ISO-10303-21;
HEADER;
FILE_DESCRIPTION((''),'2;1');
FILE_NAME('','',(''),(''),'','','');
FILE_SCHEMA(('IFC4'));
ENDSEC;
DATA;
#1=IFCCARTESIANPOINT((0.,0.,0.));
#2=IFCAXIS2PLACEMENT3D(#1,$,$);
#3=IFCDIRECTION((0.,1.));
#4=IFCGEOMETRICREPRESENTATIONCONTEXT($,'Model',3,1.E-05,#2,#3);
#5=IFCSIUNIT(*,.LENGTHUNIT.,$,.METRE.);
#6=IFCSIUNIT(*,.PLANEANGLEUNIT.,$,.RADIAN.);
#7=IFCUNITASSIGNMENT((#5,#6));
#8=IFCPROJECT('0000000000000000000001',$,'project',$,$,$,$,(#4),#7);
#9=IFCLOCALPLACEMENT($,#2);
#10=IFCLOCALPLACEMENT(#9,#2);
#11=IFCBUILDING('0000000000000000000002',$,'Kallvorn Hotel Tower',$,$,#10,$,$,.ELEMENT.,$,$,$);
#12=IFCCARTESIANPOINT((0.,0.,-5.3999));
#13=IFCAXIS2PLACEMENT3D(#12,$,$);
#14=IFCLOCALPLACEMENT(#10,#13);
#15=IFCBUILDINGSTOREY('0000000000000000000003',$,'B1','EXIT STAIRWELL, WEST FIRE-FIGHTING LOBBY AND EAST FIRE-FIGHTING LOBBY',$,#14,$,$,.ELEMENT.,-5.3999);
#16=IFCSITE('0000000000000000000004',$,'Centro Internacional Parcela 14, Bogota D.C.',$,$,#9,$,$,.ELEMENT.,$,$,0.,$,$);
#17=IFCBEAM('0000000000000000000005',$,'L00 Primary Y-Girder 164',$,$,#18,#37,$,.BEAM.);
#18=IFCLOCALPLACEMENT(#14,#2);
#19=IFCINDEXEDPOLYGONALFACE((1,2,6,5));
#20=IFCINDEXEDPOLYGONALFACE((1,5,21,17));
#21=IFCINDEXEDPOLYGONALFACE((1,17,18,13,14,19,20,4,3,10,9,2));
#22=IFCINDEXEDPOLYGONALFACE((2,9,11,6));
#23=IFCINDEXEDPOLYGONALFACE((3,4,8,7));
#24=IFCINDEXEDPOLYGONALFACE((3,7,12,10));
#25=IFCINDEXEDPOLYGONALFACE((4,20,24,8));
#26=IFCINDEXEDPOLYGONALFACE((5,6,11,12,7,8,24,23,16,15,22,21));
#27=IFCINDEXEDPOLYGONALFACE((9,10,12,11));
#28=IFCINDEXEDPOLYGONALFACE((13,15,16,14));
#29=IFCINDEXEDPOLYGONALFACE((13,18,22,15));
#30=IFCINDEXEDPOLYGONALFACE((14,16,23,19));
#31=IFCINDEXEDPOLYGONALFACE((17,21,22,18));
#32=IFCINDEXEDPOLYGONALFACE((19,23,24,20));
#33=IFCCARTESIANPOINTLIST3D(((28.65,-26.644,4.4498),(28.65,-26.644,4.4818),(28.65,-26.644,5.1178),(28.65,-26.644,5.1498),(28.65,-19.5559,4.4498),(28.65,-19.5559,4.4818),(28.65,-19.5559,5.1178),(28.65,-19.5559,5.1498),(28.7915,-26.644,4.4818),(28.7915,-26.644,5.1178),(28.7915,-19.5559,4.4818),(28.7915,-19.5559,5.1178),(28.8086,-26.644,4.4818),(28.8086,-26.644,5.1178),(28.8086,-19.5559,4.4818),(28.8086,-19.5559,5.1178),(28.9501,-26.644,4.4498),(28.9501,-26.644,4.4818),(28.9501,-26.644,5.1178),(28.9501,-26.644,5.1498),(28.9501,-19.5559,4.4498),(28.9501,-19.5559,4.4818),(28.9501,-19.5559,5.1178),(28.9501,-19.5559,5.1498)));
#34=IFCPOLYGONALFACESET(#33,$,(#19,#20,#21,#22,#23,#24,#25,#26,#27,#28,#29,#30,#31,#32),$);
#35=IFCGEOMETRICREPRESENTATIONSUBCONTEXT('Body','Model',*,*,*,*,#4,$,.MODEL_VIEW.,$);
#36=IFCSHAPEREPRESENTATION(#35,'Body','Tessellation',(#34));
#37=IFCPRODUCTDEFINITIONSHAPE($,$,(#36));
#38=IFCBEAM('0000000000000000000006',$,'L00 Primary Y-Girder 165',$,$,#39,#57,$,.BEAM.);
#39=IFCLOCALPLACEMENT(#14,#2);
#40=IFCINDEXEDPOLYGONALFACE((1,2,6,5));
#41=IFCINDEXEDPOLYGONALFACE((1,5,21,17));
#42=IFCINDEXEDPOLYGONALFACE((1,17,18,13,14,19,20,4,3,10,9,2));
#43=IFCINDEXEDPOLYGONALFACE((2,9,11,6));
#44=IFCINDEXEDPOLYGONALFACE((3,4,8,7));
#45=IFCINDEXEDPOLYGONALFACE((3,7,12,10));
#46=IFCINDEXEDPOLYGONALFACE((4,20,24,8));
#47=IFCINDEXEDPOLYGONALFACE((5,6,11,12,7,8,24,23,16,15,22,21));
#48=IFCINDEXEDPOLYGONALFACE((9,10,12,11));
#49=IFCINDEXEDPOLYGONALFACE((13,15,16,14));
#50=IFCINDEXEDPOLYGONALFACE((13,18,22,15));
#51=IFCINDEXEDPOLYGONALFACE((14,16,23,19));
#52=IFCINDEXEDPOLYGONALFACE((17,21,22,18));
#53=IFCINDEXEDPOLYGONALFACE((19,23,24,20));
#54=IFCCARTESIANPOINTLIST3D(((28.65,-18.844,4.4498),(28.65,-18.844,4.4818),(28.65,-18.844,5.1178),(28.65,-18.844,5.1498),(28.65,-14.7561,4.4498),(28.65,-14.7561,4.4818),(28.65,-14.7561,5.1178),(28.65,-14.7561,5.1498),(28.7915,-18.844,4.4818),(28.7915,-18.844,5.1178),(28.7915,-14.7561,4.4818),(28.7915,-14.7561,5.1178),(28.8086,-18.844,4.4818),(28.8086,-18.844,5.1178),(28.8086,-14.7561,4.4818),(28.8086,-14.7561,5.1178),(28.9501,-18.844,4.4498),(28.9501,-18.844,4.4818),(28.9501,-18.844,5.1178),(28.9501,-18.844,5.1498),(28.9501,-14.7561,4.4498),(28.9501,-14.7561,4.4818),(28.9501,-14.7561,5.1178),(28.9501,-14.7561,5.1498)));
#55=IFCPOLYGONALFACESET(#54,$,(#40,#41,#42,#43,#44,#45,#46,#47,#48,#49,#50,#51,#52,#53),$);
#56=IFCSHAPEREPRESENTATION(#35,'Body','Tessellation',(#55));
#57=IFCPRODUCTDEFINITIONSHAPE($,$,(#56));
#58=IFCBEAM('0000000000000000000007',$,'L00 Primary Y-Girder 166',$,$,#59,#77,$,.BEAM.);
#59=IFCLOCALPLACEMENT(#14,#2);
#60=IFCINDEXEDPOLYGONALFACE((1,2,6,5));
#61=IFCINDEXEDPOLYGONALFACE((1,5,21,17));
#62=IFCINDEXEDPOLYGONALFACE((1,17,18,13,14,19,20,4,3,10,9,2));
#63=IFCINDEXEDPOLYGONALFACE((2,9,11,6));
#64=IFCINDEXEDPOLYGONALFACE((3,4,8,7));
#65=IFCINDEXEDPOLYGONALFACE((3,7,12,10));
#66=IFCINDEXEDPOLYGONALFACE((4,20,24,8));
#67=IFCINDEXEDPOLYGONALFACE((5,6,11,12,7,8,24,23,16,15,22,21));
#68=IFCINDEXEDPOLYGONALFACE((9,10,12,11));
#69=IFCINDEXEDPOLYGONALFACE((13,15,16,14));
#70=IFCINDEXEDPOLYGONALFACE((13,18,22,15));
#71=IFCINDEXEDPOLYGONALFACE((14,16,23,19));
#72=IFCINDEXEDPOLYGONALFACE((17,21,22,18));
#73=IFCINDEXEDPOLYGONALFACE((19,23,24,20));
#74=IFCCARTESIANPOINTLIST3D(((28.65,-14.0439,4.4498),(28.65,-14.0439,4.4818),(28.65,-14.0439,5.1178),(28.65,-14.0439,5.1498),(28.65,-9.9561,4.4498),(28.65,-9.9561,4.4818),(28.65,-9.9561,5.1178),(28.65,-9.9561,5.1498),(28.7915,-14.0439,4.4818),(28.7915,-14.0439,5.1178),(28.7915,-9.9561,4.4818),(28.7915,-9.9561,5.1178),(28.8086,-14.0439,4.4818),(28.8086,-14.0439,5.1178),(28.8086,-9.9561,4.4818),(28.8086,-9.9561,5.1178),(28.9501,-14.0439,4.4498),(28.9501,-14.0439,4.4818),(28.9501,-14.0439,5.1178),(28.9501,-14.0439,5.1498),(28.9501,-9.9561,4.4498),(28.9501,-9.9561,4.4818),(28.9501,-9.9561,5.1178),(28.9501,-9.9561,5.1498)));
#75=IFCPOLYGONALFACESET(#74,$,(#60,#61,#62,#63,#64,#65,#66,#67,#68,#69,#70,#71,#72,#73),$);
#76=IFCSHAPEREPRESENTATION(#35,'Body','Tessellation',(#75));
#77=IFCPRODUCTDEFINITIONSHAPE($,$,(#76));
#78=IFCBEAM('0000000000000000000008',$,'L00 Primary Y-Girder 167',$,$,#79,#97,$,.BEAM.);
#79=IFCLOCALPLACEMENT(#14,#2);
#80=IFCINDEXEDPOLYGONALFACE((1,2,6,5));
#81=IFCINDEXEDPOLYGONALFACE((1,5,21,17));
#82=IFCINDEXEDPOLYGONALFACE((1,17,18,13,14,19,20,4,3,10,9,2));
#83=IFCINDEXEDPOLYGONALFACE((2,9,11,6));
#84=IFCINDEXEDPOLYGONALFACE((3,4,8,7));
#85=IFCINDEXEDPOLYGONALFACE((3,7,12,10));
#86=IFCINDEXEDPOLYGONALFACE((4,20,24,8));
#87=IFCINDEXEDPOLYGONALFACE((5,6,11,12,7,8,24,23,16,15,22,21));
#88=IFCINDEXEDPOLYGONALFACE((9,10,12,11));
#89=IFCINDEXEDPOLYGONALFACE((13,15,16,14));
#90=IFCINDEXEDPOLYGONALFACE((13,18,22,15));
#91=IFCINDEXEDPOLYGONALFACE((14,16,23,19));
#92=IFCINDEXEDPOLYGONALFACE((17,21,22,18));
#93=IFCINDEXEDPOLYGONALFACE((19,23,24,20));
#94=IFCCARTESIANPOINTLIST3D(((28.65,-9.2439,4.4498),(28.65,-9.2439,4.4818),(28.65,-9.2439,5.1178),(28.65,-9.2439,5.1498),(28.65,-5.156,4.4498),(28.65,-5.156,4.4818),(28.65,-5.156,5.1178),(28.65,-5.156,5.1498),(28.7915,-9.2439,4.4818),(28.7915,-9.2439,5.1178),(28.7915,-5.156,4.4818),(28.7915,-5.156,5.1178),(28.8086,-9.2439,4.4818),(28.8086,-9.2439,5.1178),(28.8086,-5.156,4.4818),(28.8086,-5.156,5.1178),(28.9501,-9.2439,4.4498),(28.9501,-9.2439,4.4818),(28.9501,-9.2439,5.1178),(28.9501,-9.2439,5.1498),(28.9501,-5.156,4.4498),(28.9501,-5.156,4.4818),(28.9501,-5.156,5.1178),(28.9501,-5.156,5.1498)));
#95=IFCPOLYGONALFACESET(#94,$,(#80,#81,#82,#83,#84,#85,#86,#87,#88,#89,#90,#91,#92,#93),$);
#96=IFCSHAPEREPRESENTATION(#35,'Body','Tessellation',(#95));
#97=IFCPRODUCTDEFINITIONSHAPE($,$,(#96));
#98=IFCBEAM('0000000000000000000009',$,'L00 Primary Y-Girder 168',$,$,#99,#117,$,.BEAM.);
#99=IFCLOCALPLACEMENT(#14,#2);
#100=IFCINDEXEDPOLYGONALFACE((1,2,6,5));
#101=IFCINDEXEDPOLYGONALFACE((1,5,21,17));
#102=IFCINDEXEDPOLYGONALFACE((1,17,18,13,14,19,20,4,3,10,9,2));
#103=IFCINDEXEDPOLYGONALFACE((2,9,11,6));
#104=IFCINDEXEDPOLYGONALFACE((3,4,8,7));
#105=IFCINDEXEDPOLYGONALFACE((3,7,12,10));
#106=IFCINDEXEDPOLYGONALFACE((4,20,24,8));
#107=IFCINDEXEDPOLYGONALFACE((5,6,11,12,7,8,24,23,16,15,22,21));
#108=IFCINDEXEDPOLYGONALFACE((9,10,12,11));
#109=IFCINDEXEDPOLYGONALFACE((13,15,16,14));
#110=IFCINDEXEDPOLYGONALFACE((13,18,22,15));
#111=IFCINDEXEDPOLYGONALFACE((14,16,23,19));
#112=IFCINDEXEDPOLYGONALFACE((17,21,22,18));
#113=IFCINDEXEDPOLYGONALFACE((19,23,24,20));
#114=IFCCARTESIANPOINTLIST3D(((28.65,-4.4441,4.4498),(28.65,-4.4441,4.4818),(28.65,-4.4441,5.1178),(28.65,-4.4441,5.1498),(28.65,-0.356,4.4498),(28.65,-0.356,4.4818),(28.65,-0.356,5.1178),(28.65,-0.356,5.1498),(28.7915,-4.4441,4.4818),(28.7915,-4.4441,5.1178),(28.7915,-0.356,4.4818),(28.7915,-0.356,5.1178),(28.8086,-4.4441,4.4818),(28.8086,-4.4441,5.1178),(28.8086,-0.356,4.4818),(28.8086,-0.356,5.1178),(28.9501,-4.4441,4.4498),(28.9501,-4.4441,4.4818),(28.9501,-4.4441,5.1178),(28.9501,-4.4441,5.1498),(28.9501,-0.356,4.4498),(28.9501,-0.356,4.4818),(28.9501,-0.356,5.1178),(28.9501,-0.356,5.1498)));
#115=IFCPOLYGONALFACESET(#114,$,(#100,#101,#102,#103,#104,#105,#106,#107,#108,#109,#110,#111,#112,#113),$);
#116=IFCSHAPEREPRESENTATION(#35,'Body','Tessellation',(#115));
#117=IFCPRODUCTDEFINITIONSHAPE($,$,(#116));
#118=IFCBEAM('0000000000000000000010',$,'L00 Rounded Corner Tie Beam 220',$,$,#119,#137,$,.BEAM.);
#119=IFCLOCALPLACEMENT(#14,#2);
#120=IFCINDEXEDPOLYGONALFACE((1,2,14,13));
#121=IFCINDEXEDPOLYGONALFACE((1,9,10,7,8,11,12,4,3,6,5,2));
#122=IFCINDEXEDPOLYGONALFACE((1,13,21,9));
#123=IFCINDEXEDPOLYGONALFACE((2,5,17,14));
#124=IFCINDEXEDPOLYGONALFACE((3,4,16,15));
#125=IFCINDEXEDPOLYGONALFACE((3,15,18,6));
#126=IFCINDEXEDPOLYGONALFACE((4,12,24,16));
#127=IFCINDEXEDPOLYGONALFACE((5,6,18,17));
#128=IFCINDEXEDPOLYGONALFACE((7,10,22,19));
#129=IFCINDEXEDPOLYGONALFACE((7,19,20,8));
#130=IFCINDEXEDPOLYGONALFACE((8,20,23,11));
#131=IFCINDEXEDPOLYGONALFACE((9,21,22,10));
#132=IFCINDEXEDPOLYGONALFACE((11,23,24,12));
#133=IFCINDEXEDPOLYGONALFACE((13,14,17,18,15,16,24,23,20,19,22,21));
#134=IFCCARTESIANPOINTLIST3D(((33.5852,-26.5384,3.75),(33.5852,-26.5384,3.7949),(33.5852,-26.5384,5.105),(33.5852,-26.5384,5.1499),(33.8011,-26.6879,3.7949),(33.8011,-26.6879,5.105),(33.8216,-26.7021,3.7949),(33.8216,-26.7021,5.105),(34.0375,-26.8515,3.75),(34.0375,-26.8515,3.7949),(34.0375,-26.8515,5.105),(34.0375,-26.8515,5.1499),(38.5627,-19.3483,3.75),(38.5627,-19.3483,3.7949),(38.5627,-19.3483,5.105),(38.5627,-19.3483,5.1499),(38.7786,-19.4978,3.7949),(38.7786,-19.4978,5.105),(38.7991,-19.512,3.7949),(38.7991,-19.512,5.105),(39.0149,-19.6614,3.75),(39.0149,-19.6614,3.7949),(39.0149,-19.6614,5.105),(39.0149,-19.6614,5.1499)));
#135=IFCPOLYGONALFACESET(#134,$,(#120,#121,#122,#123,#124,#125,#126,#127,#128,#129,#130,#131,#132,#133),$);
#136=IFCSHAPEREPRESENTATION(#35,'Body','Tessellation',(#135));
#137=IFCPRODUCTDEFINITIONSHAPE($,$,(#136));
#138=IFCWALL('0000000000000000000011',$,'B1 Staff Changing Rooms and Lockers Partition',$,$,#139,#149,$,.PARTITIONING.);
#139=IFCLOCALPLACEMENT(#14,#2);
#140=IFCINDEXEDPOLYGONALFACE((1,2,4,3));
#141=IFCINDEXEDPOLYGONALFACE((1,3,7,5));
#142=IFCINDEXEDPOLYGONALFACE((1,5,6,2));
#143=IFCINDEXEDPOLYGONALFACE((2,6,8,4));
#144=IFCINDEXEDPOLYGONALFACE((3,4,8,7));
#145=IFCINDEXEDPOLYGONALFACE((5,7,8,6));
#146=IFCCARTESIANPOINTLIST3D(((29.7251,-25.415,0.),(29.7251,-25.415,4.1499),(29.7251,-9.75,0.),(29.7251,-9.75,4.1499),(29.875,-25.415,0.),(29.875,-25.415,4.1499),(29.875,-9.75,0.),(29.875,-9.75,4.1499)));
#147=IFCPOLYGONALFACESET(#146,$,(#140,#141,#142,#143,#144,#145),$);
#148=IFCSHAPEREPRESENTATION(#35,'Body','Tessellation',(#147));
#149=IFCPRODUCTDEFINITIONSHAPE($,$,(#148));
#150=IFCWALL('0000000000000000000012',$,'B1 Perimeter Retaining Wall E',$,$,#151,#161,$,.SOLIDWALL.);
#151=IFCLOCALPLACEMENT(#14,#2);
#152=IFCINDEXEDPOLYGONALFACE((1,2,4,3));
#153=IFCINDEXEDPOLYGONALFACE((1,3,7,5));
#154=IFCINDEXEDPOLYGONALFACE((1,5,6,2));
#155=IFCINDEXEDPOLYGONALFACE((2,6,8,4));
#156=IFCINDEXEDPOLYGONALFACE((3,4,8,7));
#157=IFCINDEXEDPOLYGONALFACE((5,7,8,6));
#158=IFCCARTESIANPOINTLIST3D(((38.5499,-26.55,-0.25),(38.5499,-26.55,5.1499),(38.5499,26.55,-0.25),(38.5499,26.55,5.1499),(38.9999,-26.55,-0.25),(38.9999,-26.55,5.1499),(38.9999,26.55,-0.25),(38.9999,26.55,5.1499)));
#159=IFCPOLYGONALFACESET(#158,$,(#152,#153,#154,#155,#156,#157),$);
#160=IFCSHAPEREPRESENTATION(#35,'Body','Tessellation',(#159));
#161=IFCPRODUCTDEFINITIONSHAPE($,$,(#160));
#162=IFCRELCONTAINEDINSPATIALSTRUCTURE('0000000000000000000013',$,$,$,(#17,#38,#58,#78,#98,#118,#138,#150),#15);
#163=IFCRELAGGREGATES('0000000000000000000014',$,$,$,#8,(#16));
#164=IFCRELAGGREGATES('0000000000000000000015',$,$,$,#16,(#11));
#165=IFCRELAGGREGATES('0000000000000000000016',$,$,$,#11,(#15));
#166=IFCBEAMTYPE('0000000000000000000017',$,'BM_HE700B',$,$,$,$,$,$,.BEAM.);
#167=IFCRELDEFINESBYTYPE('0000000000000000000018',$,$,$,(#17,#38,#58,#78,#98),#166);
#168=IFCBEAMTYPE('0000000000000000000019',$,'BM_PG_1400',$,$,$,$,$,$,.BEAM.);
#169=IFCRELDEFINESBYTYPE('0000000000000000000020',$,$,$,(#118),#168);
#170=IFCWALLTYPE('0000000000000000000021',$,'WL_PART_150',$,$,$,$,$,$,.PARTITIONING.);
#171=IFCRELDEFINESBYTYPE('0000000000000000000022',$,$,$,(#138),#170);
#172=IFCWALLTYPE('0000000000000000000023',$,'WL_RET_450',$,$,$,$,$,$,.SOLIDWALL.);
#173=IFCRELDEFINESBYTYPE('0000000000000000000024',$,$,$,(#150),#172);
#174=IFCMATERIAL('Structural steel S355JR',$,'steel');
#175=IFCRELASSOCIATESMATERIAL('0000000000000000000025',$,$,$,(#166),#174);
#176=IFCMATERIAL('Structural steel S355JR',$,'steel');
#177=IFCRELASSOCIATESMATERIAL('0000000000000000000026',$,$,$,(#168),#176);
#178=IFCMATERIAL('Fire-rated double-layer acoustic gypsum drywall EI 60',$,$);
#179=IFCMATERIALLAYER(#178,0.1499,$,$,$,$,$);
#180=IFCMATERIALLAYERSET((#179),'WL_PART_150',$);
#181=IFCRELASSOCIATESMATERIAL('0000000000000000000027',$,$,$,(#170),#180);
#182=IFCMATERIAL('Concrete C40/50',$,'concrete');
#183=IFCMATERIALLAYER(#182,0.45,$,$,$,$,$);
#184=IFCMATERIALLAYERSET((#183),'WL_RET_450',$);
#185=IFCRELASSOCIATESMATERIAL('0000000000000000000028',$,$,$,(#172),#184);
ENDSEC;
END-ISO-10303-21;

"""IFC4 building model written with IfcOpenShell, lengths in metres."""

from ifc_helpers import new_model, si_unit, direction, frame, frame_2d, origin, origin_2d, place, context, subcontext, project, spatial, rectangle, i_section, extrude, material, layer, layer_set, material_profile, profile_set, type_object, element, save


model = new_model("IFC4")

# Units and contexts
model_context = context("Model", 3, precision=1e-05, world=origin(), true_north=direction((0.0, 1.0)))
body_context = subcontext(model_context, "Body", "Model", "MODEL_VIEW")
ifc_project = project(units=[si_unit("LENGTHUNIT", "METRE"), si_unit("PLANEANGLEUNIT", "RADIAN")], contexts=[model_context])

# Site, building, storey
site_placement = place(None, origin())
site = spatial("IfcSite", under=ifc_project, at=site_placement, Name="Centro Internacional Parcela 14, Bogota D.C.", CompositionType="ELEMENT", RefElevation=0.0)
building_placement = place(site_placement, origin())
building = spatial("IfcBuilding", under=site, at=building_placement, Name="Kallvorn Hotel Tower", CompositionType="ELEMENT")
storey_placement = place(building_placement, frame((0.0, 0.0, -5.3999)))
storey = spatial("IfcBuildingStorey", under=building, at=storey_placement, Name="B1", Description="EXIT STAIRWELL, WEST FIRE-FIGHTING LOBBY AND EAST FIRE-FIGHTING LOBBY", CompositionType="ELEMENT", Elevation=-5.3999)

# Beams
ifc_material_1 = material(Name="Structural steel S355JR", Category="steel")
ifc_material_profile_1 = material_profile(ifc_material_1, i_section(OverallWidth=0.3, OverallDepth=0.7, WebThickness=0.0171, FlangeThickness=0.032, at=origin_2d()), Name="HE 700 B")
ifc_profile_set_1 = profile_set([ifc_material_profile_1], Name="Structural steel S355JR")
beam_type_1 = type_object("IfcBeamType", Name="BM_HE700B", PredefinedType="BEAM", material=ifc_profile_set_1)
beam_1_placement = place(storey_placement, frame((28.8, -26.644, 4.7998), z_axis=(0.0, 1.0, 0.0), x_axis=(-1.0, 0.0, 0.0)))
element("IfcBeam", 1, at=beam_1_placement, inside=storey, type_object=beam_type_1, Name="L00 Primary Y-Girder 164", PredefinedType="BEAM", context=body_context, shape_type="SweptSolid", body=[
    extrude(i_section(OverallWidth=0.3, OverallDepth=0.7, WebThickness=0.0171, FlangeThickness=0.032, at=origin_2d()), origin(), (0.0, 0.0, 1.0), 7.0881),
])
for number, where, z_axis, x_axis, name in (
    (2, (28.8, -18.844, 4.7998), (0.0, 1.0, 0.0), (-1.0, 0.0, 0.0), "L00 Primary Y-Girder 165"),
    (3, (28.8, -14.0439, 4.7998), (0.0, 1.0, 0.0), (-1.0, 0.0, 0.0), "L00 Primary Y-Girder 166"),
    (4, (28.8, -9.2439, 4.7998), (0.0, 1.0, 0.0), (-1.0, 0.0, 0.0), "L00 Primary Y-Girder 167"),
):
    element("IfcBeam", number, at=place(storey_placement, frame(where, z_axis=z_axis, x_axis=x_axis)), inside=storey, type_object=beam_type_1, Name=name, PredefinedType="BEAM", context=body_context, shape_type="SweptSolid", body=[
        extrude(i_section(OverallWidth=0.3, OverallDepth=0.7, WebThickness=0.0171, FlangeThickness=0.032, at=origin_2d()), origin(), (0.0, 0.0, 1.0), 4.0879),
    ])
beam_2_placement = place(storey_placement, frame((28.8, -4.4441, 4.7998), z_axis=(0.0, 1.0, 0.0), x_axis=(-1.0, 0.0, 0.0)))
element("IfcBeam", 5, at=beam_2_placement, inside=storey, type_object=beam_type_1, Name="L00 Primary Y-Girder 168", PredefinedType="BEAM", context=body_context, shape_type="SweptSolid", body=[
    extrude(i_section(OverallWidth=0.3, OverallDepth=0.7, WebThickness=0.0171, FlangeThickness=0.032, at=origin_2d()), origin(), (0.0, 0.0, 1.0), 4.0881),
])
ifc_material_2 = material(Name="Structural steel S355JR", Category="steel")
ifc_material_profile_2 = material_profile(ifc_material_2, i_section(OverallWidth=0.55, OverallDepth=1.3999, WebThickness=0.0249, FlangeThickness=0.0449, at=origin_2d()), Name="PG 1400x550x25x45")
ifc_profile_set_2 = profile_set([ifc_material_profile_2], Name="Structural steel S355JR")
beam_type_2 = type_object("IfcBeamType", Name="BM_PG_1400", PredefinedType="BEAM", material=ifc_profile_set_2)
beam_3_placement = place(storey_placement, frame((38.7888, -19.5049, 4.45), z_axis=(-0.569188, -0.822207, 0.0), x_axis=(0.822207, -0.569188, 0.0)))
element("IfcBeam", 6, at=beam_3_placement, inside=storey, type_object=beam_type_2, Name="L00 Rounded Corner Tie Beam 220", PredefinedType="BEAM", context=body_context, shape_type="SweptSolid", body=[
    extrude(i_section(OverallWidth=0.55, OverallDepth=1.3999, WebThickness=0.0249, FlangeThickness=0.0449, at=origin_2d()), origin(), (0.0, 0.0, 1.0), 8.7449),
])

# Walls
ifc_material_3 = material(Name="Fire-rated double-layer acoustic gypsum drywall EI 60")
ifc_layer_1 = layer(ifc_material_3, 0.1499)
ifc_layer_set_1 = layer_set([ifc_layer_1], Name="WL_PART_150")
wall_type_1 = type_object("IfcWallType", Name="WL_PART_150", PredefinedType="PARTITIONING", material=ifc_layer_set_1)
wall_1_placement = place(storey_placement, frame((29.8, -25.415, 0.0), z_axis=(0.0, 0.0, 1.0), x_axis=(0.0, 1.0, 0.0)))
element("IfcWall", 7, at=wall_1_placement, inside=storey, type_object=wall_type_1, Name="B1 Staff Changing Rooms and Lockers Partition", PredefinedType="PARTITIONING", context=body_context, shape_type="SweptSolid", body=[
    extrude(rectangle(XDim=15.665, YDim=0.1499, at=frame_2d((7.8325, 0.0))), origin(), (0.0, 0.0, 1.0), 4.1499),
])
ifc_material_4 = material(Name="Concrete C40/50", Category="concrete")
ifc_layer_2 = layer(ifc_material_4, 0.45)
ifc_layer_set_2 = layer_set([ifc_layer_2], Name="WL_RET_450")
wall_type_2 = type_object("IfcWallType", Name="WL_RET_450", PredefinedType="SOLIDWALL", material=ifc_layer_set_2)
wall_2_placement = place(storey_placement, frame((38.7749, -26.55, -0.25), z_axis=(0.0, 0.0, 1.0), x_axis=(0.0, 1.0, 0.0)))
element("IfcWall", 8, at=wall_2_placement, inside=storey, type_object=wall_type_2, Name="B1 Perimeter Retaining Wall E", PredefinedType="SOLIDWALL", context=body_context, shape_type="SweptSolid", body=[
    extrude(rectangle(XDim=53.1001, YDim=0.45, at=frame_2d((26.55, 0.0))), origin(), (0.0, 0.0, 1.0), 5.3999),
])

save(model, "model.ifc")
